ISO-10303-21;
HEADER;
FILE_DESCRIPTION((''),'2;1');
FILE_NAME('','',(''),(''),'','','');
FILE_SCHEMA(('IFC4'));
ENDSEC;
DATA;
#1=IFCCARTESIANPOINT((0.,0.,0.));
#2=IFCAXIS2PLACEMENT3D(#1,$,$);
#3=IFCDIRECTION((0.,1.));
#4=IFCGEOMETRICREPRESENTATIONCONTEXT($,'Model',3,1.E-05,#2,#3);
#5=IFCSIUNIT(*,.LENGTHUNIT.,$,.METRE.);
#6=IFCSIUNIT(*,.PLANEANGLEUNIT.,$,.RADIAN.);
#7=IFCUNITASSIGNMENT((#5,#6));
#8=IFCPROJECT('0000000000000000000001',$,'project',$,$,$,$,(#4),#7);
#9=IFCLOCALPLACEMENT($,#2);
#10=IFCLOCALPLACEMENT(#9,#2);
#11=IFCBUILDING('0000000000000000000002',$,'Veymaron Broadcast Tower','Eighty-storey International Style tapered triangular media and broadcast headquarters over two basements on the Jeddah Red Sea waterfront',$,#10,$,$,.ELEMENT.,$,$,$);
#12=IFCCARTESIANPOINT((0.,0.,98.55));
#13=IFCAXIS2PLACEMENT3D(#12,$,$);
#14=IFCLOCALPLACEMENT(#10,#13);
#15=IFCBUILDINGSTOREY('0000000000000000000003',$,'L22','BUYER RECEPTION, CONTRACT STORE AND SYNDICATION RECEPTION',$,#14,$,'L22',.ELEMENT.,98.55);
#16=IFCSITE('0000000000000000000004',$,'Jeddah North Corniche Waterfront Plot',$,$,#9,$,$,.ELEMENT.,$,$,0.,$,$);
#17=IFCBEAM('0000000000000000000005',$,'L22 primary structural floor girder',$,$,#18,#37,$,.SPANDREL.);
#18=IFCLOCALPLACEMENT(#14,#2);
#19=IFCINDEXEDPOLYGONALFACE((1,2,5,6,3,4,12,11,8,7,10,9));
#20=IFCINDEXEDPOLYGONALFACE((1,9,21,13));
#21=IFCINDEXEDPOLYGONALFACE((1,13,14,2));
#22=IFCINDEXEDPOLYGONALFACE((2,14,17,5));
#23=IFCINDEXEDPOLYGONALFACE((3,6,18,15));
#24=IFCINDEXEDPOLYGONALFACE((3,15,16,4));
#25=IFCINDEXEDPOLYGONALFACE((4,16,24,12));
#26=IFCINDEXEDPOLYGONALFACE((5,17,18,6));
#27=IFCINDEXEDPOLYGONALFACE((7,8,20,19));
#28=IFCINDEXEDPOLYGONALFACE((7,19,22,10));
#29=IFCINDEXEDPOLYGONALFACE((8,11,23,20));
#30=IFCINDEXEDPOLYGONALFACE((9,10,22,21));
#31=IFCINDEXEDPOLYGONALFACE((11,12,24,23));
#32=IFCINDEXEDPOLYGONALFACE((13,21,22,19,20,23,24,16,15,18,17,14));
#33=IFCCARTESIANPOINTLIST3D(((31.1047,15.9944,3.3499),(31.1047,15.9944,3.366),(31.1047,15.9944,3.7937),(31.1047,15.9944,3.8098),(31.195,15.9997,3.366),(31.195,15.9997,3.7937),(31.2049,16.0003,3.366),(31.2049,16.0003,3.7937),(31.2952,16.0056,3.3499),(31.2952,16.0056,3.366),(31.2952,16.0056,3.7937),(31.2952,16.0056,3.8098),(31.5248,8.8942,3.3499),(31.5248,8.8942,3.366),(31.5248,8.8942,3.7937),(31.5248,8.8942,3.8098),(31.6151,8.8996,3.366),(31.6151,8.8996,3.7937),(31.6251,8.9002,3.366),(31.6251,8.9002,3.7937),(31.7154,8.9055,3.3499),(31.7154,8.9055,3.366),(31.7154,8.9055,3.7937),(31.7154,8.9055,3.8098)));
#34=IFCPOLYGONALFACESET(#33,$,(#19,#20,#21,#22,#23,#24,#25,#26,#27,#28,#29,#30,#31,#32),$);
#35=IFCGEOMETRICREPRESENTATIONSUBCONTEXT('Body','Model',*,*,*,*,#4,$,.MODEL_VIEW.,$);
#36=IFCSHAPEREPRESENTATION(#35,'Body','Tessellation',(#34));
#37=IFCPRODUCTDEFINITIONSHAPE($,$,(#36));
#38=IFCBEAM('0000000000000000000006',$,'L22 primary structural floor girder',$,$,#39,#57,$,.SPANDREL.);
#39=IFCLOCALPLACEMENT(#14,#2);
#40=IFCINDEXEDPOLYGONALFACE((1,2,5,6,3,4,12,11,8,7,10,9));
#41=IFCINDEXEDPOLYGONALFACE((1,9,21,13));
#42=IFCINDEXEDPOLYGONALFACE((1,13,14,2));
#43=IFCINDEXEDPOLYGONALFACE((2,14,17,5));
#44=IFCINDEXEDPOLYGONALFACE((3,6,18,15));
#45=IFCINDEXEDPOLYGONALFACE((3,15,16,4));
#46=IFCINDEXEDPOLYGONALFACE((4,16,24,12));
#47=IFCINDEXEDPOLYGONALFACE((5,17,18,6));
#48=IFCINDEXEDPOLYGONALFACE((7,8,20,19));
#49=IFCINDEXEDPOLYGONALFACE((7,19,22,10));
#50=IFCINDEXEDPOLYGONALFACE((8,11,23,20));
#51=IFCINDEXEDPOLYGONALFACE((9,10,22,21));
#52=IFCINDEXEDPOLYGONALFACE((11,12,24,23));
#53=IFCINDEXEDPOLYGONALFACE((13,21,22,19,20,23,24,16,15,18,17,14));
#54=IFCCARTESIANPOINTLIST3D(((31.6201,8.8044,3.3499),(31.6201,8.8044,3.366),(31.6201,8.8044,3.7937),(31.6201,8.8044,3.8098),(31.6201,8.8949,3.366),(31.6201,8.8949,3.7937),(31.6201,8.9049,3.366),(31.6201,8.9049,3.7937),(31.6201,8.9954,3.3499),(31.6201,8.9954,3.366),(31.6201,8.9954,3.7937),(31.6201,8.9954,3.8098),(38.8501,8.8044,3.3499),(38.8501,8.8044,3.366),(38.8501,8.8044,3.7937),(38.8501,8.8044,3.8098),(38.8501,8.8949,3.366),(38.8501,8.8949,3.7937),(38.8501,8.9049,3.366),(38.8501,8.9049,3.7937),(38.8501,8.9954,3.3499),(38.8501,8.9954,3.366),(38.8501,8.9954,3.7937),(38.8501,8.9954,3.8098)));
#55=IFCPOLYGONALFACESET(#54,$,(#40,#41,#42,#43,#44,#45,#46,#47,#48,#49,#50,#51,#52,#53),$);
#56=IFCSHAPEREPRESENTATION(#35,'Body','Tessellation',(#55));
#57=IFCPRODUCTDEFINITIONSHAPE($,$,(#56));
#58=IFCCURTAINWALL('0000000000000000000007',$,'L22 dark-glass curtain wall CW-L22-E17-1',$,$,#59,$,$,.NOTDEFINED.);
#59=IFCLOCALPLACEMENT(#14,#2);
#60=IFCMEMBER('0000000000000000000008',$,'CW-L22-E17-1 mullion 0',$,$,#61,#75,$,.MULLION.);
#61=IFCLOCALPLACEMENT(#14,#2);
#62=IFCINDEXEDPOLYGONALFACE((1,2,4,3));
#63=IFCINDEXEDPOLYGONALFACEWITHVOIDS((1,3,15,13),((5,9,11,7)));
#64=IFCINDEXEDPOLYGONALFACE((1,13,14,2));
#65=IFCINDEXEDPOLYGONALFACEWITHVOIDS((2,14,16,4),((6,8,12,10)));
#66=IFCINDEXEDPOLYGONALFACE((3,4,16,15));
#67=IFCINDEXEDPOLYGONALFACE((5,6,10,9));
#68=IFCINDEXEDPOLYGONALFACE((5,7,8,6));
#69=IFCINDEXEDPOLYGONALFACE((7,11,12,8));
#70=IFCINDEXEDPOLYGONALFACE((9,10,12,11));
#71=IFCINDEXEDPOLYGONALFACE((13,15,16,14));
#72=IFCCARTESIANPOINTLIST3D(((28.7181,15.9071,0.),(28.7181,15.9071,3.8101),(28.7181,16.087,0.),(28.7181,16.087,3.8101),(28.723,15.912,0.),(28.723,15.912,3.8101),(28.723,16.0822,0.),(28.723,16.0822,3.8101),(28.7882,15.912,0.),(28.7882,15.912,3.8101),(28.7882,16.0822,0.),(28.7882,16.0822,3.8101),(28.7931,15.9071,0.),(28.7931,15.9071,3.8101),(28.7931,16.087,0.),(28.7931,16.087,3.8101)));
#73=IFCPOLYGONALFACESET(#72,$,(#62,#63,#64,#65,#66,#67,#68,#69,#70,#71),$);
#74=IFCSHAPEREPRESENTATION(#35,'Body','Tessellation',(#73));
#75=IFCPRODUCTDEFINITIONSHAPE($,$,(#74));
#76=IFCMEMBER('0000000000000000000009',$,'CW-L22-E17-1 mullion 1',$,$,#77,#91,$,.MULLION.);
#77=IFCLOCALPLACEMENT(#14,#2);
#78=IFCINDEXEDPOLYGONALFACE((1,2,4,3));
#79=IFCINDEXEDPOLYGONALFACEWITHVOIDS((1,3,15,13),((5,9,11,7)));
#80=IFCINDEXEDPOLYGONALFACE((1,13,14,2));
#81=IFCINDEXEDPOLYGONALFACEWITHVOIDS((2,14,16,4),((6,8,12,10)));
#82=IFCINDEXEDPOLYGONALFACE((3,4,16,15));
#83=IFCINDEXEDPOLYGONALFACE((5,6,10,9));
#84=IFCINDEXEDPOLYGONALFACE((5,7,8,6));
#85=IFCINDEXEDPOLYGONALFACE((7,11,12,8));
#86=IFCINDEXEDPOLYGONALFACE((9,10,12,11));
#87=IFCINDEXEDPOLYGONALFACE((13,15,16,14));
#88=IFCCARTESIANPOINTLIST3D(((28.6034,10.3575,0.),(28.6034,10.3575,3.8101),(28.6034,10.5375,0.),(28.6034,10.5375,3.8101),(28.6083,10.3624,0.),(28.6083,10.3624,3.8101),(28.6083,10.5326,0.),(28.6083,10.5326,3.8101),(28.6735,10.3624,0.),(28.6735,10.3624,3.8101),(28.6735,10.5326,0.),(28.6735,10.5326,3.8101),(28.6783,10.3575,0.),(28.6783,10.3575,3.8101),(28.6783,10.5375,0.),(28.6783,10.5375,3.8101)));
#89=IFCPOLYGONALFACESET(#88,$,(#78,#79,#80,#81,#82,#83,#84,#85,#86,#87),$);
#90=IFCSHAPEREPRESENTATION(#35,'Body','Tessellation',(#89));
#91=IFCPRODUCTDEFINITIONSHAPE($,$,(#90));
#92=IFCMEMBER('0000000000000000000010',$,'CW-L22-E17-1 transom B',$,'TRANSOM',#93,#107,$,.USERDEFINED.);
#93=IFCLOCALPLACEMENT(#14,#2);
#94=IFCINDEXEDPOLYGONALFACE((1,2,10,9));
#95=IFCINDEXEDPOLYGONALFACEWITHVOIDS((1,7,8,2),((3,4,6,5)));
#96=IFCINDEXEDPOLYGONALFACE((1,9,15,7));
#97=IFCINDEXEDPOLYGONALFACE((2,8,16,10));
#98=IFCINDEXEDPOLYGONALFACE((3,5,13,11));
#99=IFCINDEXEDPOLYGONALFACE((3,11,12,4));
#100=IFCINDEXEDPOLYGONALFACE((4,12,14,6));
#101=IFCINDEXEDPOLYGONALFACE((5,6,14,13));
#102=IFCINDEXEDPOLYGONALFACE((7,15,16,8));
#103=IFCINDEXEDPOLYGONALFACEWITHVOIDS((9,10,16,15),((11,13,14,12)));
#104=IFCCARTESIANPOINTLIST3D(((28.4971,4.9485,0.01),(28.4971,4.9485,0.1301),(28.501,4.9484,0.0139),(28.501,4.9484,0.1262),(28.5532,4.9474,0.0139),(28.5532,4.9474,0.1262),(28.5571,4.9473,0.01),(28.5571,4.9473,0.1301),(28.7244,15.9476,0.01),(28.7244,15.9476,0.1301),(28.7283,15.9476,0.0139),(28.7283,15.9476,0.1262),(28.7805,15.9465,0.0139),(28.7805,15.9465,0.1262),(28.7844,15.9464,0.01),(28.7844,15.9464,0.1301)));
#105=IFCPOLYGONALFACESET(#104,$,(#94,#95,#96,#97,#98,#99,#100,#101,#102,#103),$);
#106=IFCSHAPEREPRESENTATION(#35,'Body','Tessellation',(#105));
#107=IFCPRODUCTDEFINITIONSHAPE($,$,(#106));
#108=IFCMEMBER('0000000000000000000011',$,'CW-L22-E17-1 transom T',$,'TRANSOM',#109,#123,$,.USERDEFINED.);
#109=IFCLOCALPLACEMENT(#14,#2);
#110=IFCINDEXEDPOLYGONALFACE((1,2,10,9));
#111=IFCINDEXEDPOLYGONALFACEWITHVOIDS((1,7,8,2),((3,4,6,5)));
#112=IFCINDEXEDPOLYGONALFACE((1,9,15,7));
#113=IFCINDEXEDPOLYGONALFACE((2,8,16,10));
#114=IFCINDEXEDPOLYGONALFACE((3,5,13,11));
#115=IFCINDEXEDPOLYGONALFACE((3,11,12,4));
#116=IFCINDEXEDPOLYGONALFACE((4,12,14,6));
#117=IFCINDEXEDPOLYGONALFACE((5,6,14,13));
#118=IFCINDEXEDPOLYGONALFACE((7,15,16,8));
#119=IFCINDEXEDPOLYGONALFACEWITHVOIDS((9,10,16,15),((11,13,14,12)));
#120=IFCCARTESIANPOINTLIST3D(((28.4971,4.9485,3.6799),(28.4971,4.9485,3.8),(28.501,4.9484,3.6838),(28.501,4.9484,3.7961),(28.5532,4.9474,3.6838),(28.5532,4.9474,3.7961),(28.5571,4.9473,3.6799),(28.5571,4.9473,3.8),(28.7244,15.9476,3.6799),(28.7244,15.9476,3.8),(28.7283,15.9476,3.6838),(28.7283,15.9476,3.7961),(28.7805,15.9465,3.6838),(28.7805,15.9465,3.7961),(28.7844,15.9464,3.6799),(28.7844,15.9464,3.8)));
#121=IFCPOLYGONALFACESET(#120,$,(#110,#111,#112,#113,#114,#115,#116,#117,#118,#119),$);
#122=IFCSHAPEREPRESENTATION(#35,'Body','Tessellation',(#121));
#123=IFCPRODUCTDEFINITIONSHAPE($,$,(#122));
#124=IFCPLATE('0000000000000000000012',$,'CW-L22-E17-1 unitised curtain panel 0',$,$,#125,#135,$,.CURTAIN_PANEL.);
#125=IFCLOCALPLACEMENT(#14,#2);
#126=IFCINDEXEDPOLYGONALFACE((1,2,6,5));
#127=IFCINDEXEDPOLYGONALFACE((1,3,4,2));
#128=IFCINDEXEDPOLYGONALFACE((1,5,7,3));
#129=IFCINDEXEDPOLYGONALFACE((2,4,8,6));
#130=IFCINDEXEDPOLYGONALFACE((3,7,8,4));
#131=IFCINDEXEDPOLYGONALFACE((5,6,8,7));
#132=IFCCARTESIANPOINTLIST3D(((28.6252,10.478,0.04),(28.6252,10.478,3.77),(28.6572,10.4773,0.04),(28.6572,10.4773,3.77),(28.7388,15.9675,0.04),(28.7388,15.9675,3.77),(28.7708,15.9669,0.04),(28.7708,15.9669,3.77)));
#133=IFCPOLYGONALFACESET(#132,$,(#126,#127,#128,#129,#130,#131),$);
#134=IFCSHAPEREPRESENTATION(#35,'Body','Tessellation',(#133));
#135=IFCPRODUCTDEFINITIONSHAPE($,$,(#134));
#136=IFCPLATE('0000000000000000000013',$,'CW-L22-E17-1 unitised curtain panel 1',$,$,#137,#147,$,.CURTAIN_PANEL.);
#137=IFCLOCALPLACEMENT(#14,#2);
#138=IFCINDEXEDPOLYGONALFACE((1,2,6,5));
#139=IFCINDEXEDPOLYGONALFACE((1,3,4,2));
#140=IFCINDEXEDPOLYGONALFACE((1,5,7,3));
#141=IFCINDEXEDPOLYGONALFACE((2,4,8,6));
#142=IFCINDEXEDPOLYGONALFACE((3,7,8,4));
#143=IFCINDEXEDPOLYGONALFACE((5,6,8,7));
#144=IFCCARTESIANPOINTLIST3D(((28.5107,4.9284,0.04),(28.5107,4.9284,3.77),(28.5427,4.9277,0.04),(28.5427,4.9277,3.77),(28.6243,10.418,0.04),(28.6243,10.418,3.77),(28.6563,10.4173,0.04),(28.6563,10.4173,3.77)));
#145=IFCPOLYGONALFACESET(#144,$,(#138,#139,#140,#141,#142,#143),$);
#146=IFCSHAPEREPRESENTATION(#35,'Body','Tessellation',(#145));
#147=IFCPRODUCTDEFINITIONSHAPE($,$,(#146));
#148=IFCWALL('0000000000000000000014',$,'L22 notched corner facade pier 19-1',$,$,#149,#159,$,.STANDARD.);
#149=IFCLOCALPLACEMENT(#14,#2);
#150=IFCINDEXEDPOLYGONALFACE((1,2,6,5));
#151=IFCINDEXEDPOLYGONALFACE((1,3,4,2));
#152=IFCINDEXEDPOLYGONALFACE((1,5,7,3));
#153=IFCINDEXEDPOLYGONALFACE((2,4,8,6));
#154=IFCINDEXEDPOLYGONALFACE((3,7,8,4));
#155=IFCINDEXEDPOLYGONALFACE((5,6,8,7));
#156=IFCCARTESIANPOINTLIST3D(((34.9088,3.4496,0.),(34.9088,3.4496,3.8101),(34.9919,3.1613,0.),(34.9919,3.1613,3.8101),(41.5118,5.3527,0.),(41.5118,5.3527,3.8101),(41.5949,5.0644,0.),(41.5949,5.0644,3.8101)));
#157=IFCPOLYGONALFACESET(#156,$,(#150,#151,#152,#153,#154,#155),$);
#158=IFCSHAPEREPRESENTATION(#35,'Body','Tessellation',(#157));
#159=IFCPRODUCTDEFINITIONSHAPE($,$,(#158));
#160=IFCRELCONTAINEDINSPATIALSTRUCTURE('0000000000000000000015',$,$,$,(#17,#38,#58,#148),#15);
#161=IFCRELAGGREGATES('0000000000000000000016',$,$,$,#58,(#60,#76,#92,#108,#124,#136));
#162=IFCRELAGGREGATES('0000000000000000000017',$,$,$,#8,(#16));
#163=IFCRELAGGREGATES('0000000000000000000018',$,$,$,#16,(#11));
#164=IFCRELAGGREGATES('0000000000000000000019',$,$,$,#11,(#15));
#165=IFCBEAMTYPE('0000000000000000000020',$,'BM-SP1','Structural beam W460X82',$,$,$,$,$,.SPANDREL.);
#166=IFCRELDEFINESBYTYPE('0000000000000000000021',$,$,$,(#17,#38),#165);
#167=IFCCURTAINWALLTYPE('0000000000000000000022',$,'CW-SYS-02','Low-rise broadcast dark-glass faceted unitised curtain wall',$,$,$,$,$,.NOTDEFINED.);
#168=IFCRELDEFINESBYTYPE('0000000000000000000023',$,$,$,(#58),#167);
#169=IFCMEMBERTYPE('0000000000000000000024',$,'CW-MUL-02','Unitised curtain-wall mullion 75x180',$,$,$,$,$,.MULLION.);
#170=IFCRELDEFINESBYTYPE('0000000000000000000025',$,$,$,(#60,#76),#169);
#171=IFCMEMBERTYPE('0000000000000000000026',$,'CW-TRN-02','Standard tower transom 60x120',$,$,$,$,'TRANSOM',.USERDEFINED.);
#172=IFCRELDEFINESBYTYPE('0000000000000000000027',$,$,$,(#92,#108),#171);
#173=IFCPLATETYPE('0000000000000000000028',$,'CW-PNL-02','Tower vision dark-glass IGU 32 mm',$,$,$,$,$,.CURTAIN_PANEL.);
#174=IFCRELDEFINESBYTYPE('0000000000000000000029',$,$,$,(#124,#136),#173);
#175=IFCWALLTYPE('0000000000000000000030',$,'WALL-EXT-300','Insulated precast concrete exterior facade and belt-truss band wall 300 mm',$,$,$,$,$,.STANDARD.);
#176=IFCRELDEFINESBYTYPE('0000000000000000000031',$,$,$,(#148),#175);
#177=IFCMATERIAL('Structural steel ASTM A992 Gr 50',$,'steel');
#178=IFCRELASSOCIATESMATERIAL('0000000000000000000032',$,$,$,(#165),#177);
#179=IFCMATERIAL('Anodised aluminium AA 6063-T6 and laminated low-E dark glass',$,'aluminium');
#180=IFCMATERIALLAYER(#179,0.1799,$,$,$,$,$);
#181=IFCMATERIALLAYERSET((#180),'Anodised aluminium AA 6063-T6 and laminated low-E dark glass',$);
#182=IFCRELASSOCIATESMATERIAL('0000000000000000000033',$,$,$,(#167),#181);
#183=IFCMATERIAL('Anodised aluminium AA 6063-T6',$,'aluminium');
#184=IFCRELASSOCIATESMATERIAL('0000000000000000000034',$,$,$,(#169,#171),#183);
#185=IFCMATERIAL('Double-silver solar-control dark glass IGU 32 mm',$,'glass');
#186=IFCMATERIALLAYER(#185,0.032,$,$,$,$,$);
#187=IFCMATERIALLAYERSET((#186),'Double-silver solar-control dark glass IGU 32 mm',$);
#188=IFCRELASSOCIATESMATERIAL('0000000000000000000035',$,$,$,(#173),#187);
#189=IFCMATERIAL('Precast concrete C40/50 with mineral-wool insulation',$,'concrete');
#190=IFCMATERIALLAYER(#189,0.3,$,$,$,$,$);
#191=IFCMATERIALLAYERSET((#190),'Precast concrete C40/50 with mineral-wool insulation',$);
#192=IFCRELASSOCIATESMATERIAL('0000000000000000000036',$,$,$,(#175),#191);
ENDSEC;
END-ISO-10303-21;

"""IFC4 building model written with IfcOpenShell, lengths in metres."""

from ifc_helpers import new_model, si_unit, direction, frame, frame_2d, origin, origin_2d, place, context, subcontext, project, spatial, rectangle, hollow_rectangle, i_section, extrude, material, layer, layer_set, material_profile, profile_set, type_object, element, aggregate, save


model = new_model("IFC4")

# Units and contexts
model_context = context("Model", 3, precision=1e-05, world=origin(), true_north=direction((0.0, 1.0)))
body_context = subcontext(model_context, "Body", "Model", "MODEL_VIEW")
ifc_project = project(units=[si_unit("LENGTHUNIT", "METRE"), si_unit("PLANEANGLEUNIT", "RADIAN")], contexts=[model_context])

# Site, building, storey
site_placement = place(None, origin())
site = spatial("IfcSite", under=ifc_project, at=site_placement, Name="Jeddah North Corniche Waterfront Plot", CompositionType="ELEMENT", RefElevation=0.0)
building_placement = place(site_placement, origin())
building = spatial("IfcBuilding", under=site, at=building_placement, Name="Veymaron Broadcast Tower", Description="Eighty-storey International Style tapered triangular media and broadcast headquarters over two basements on the Jeddah Red Sea waterfront", CompositionType="ELEMENT")
storey_placement = place(building_placement, frame((0.0, 0.0, 98.55)))
storey = spatial("IfcBuildingStorey", under=building, at=storey_placement, Name="L22", Description="BUYER RECEPTION, CONTRACT STORE AND SYNDICATION RECEPTION", LongName="L22", CompositionType="ELEMENT", Elevation=98.55)

# Beams
ifc_material_1 = material(Name="Structural steel ASTM A992 Gr 50", Category="steel")
ifc_material_profile_1 = material_profile(ifc_material_1, i_section(OverallWidth=0.1909, OverallDepth=0.46, WebThickness=0.01, FlangeThickness=0.0161, at=origin_2d()), Name="W460X82")
ifc_profile_set_1 = profile_set([ifc_material_profile_1], Name="Structural steel ASTM A992 Gr 50")
beam_type_1 = type_object("IfcBeamType", Name="BM-SP1", Description="Structural beam W460X82", PredefinedType="SPANDREL", material=ifc_profile_set_1)
beam_1_placement = place(storey_placement, frame((31.2, 16.0, 3.5798), z_axis=(0.059074, -0.998254, 0.0), x_axis=(0.998254, 0.059074, 0.0)))
element("IfcBeam", 1, at=beam_1_placement, inside=storey, type_object=beam_type_1, Name="L22 primary structural floor girder", PredefinedType="SPANDREL", context=body_context, shape_type="SweptSolid", body=[
    extrude(i_section(OverallWidth=0.1909, OverallDepth=0.46, WebThickness=0.01, FlangeThickness=0.0161, at=origin_2d()), origin(), (0.0, 0.0, 1.0), 7.1125),
])
beam_2_placement = place(storey_placement, frame((31.6201, 8.8999, 3.5798), z_axis=(1.0, 0.0, 0.0), x_axis=(0.0, 1.0, 0.0)))
element("IfcBeam", 2, at=beam_2_placement, inside=storey, type_object=beam_type_1, Name="L22 primary structural floor girder", PredefinedType="SPANDREL", context=body_context, shape_type="SweptSolid", body=[
    extrude(i_section(OverallWidth=0.1909, OverallDepth=0.46, WebThickness=0.01, FlangeThickness=0.0161, at=origin_2d()), origin(), (0.0, 0.0, 1.0), 7.23),
])

# Curtain wall, members, plates
ifc_material_2 = material(Name="Anodised aluminium AA 6063-T6 and laminated low-E dark glass", Category="aluminium")
ifc_layer_1 = layer(ifc_material_2, 0.1799)
ifc_layer_set_1 = layer_set([ifc_layer_1], Name="Anodised aluminium AA 6063-T6 and laminated low-E dark glass")
curtain_wall_type = type_object("IfcCurtainWallType", Name="CW-SYS-02", Description="Low-rise broadcast dark-glass faceted unitised curtain wall", PredefinedType="NOTDEFINED", material=ifc_layer_set_1)
curtain_wall_placement = place(storey_placement, origin())
curtain_wall = element("IfcCurtainWall", 3, at=curtain_wall_placement, inside=storey, type_object=curtain_wall_type, Name="L22 dark-glass curtain wall CW-L22-E17-1", PredefinedType="NOTDEFINED")
ifc_material_3 = material(Name="Anodised aluminium AA 6063-T6", Category="aluminium")
ifc_material_profile_2 = material_profile(ifc_material_3, hollow_rectangle(XDim=0.075, YDim=0.1799, WallThickness=0.0049, at=origin_2d()), Name="AL180X75X5")
ifc_profile_set_2 = profile_set([ifc_material_profile_2], Name="Anodised aluminium AA 6063-T6")
member_type_1 = type_object("IfcMemberType", Name="CW-MUL-02", Description="Unitised curtain-wall mullion 75x180", PredefinedType="MULLION", material=ifc_profile_set_2)
member_1_placement = place(storey_placement, frame((28.7556, 15.9971, 0.0), z_axis=(0.0, 0.0, 1.0), x_axis=(1.0, 0.0, 0.0)))
member_1 = element("IfcMember", 4, at=member_1_placement, type_object=member_type_1, Name="CW-L22-E17-1 mullion 0", PredefinedType="MULLION", context=body_context, shape_type="SweptSolid", body=[
    extrude(hollow_rectangle(XDim=0.075, YDim=0.1799, WallThickness=0.0049, at=origin_2d()), origin(), (0.0, 0.0, 1.0), 3.8101),
])
member_2_placement = place(storey_placement, frame((28.6409, 10.4475, 0.0), z_axis=(0.0, 0.0, 1.0), x_axis=(1.0, 0.0, 0.0)))
member_2 = element("IfcMember", 5, at=member_2_placement, type_object=member_type_1, Name="CW-L22-E17-1 mullion 1", PredefinedType="MULLION", context=body_context, shape_type="SweptSolid", body=[
    extrude(hollow_rectangle(XDim=0.075, YDim=0.1799, WallThickness=0.0049, at=origin_2d()), origin(), (0.0, 0.0, 1.0), 3.8101),
])
ifc_material_profile_3 = material_profile(ifc_material_3, hollow_rectangle(XDim=0.0601, YDim=0.1201, WallThickness=0.0039, at=origin_2d()), Name="AL120X60X4")
ifc_profile_set_3 = profile_set([ifc_material_profile_3], Name="Anodised aluminium AA 6063-T6")
member_type_2 = type_object("IfcMemberType", Name="CW-TRN-02", Description="Standard tower transom 60x120", ElementType="TRANSOM", PredefinedType="USERDEFINED", material=ifc_profile_set_3)
member_3_placement = place(storey_placement, frame((28.7544, 15.947, 0.0701), z_axis=(-0.020661, -0.999787, 0.0), x_axis=(0.999787, -0.020661, 0.0)))
member_3 = element("IfcMember", 6, at=member_3_placement, type_object=member_type_2, Name="CW-L22-E17-1 transom B", ObjectType="TRANSOM", PredefinedType="USERDEFINED", context=body_context, shape_type="SweptSolid", body=[
    extrude(hollow_rectangle(XDim=0.0601, YDim=0.1201, WallThickness=0.0039, at=origin_2d()), origin(), (0.0, 0.0, 1.0), 11.0015),
])
member_4_placement = place(storey_placement, frame((28.7544, 15.947, 3.74), z_axis=(-0.020661, -0.999787, 0.0), x_axis=(0.999787, -0.020661, 0.0)))
member_4 = element("IfcMember", 7, at=member_4_placement, type_object=member_type_2, Name="CW-L22-E17-1 transom T", ObjectType="TRANSOM", PredefinedType="USERDEFINED", context=body_context, shape_type="SweptSolid", body=[
    extrude(hollow_rectangle(XDim=0.0601, YDim=0.1201, WallThickness=0.0039, at=origin_2d()), origin(), (0.0, 0.0, 1.0), 11.0015),
])
ifc_material_4 = material(Name="Double-silver solar-control dark glass IGU 32 mm", Category="glass")
ifc_layer_2 = layer(ifc_material_4, 0.032)
ifc_layer_set_2 = layer_set([ifc_layer_2], Name="Double-silver solar-control dark glass IGU 32 mm")
plate_type = type_object("IfcPlateType", Name="CW-PNL-02", Description="Tower vision dark-glass IGU 32 mm", PredefinedType="CURTAIN_PANEL", material=ifc_layer_set_2)
plate_1_placement = place(storey_placement, frame((28.698, 13.2224, 0.04), z_axis=(0.0, 0.0, 1.0), x_axis=(-0.020681, -0.999786, 0.0)))
plate_1 = element("IfcPlate", 8, at=plate_1_placement, type_object=plate_type, Name="CW-L22-E17-1 unitised curtain panel 0", PredefinedType="CURTAIN_PANEL", context=body_context, shape_type="SweptSolid", body=[
    extrude(rectangle(XDim=5.4907, YDim=0.032, at=origin_2d()), origin(), (0.0, 0.0, 1.0), 3.73),
])
plate_2_placement = place(storey_placement, frame((28.5835, 7.6729, 0.04), z_axis=(0.0, 0.0, 1.0), x_axis=(-0.020681, -0.999786, 0.0)))
plate_2 = element("IfcPlate", 9, at=plate_2_placement, type_object=plate_type, Name="CW-L22-E17-1 unitised curtain panel 1", PredefinedType="CURTAIN_PANEL", context=body_context, shape_type="SweptSolid", body=[
    extrude(rectangle(XDim=5.4907, YDim=0.032, at=origin_2d()), origin(), (0.0, 0.0, 1.0), 3.73),
])
aggregate(curtain_wall, [member_1, member_2, member_3, member_4, plate_1, plate_2])

# Wall
ifc_material_5 = material(Name="Precast concrete C40/50 with mineral-wool insulation", Category="concrete")
ifc_layer_3 = layer(ifc_material_5, 0.3)
ifc_layer_set_3 = layer_set([ifc_layer_3], Name="Precast concrete C40/50 with mineral-wool insulation")
wall_type_1 = type_object("IfcWallType", Name="WALL-EXT-300", Description="Insulated precast concrete exterior facade and belt-truss band wall 300 mm", PredefinedType="STANDARD", material=ifc_layer_set_3)
wall_1_placement = place(storey_placement, frame((34.9502, 3.3054, 0.0), z_axis=(0.0, 0.0, 1.0), x_axis=(0.960887, 0.27694, 0.0)))
element("IfcWall", 10, at=wall_1_placement, inside=storey, type_object=wall_type_1, Name="L22 notched corner facade pier 19-1", PredefinedType="STANDARD", context=body_context, shape_type="SweptSolid", body=[
    extrude(rectangle(XDim=6.8718, YDim=0.3, at=frame_2d((3.436, 0.0))), origin(), (0.0, 0.0, 1.0), 3.8101),
])

save(model, "model.ifc")
